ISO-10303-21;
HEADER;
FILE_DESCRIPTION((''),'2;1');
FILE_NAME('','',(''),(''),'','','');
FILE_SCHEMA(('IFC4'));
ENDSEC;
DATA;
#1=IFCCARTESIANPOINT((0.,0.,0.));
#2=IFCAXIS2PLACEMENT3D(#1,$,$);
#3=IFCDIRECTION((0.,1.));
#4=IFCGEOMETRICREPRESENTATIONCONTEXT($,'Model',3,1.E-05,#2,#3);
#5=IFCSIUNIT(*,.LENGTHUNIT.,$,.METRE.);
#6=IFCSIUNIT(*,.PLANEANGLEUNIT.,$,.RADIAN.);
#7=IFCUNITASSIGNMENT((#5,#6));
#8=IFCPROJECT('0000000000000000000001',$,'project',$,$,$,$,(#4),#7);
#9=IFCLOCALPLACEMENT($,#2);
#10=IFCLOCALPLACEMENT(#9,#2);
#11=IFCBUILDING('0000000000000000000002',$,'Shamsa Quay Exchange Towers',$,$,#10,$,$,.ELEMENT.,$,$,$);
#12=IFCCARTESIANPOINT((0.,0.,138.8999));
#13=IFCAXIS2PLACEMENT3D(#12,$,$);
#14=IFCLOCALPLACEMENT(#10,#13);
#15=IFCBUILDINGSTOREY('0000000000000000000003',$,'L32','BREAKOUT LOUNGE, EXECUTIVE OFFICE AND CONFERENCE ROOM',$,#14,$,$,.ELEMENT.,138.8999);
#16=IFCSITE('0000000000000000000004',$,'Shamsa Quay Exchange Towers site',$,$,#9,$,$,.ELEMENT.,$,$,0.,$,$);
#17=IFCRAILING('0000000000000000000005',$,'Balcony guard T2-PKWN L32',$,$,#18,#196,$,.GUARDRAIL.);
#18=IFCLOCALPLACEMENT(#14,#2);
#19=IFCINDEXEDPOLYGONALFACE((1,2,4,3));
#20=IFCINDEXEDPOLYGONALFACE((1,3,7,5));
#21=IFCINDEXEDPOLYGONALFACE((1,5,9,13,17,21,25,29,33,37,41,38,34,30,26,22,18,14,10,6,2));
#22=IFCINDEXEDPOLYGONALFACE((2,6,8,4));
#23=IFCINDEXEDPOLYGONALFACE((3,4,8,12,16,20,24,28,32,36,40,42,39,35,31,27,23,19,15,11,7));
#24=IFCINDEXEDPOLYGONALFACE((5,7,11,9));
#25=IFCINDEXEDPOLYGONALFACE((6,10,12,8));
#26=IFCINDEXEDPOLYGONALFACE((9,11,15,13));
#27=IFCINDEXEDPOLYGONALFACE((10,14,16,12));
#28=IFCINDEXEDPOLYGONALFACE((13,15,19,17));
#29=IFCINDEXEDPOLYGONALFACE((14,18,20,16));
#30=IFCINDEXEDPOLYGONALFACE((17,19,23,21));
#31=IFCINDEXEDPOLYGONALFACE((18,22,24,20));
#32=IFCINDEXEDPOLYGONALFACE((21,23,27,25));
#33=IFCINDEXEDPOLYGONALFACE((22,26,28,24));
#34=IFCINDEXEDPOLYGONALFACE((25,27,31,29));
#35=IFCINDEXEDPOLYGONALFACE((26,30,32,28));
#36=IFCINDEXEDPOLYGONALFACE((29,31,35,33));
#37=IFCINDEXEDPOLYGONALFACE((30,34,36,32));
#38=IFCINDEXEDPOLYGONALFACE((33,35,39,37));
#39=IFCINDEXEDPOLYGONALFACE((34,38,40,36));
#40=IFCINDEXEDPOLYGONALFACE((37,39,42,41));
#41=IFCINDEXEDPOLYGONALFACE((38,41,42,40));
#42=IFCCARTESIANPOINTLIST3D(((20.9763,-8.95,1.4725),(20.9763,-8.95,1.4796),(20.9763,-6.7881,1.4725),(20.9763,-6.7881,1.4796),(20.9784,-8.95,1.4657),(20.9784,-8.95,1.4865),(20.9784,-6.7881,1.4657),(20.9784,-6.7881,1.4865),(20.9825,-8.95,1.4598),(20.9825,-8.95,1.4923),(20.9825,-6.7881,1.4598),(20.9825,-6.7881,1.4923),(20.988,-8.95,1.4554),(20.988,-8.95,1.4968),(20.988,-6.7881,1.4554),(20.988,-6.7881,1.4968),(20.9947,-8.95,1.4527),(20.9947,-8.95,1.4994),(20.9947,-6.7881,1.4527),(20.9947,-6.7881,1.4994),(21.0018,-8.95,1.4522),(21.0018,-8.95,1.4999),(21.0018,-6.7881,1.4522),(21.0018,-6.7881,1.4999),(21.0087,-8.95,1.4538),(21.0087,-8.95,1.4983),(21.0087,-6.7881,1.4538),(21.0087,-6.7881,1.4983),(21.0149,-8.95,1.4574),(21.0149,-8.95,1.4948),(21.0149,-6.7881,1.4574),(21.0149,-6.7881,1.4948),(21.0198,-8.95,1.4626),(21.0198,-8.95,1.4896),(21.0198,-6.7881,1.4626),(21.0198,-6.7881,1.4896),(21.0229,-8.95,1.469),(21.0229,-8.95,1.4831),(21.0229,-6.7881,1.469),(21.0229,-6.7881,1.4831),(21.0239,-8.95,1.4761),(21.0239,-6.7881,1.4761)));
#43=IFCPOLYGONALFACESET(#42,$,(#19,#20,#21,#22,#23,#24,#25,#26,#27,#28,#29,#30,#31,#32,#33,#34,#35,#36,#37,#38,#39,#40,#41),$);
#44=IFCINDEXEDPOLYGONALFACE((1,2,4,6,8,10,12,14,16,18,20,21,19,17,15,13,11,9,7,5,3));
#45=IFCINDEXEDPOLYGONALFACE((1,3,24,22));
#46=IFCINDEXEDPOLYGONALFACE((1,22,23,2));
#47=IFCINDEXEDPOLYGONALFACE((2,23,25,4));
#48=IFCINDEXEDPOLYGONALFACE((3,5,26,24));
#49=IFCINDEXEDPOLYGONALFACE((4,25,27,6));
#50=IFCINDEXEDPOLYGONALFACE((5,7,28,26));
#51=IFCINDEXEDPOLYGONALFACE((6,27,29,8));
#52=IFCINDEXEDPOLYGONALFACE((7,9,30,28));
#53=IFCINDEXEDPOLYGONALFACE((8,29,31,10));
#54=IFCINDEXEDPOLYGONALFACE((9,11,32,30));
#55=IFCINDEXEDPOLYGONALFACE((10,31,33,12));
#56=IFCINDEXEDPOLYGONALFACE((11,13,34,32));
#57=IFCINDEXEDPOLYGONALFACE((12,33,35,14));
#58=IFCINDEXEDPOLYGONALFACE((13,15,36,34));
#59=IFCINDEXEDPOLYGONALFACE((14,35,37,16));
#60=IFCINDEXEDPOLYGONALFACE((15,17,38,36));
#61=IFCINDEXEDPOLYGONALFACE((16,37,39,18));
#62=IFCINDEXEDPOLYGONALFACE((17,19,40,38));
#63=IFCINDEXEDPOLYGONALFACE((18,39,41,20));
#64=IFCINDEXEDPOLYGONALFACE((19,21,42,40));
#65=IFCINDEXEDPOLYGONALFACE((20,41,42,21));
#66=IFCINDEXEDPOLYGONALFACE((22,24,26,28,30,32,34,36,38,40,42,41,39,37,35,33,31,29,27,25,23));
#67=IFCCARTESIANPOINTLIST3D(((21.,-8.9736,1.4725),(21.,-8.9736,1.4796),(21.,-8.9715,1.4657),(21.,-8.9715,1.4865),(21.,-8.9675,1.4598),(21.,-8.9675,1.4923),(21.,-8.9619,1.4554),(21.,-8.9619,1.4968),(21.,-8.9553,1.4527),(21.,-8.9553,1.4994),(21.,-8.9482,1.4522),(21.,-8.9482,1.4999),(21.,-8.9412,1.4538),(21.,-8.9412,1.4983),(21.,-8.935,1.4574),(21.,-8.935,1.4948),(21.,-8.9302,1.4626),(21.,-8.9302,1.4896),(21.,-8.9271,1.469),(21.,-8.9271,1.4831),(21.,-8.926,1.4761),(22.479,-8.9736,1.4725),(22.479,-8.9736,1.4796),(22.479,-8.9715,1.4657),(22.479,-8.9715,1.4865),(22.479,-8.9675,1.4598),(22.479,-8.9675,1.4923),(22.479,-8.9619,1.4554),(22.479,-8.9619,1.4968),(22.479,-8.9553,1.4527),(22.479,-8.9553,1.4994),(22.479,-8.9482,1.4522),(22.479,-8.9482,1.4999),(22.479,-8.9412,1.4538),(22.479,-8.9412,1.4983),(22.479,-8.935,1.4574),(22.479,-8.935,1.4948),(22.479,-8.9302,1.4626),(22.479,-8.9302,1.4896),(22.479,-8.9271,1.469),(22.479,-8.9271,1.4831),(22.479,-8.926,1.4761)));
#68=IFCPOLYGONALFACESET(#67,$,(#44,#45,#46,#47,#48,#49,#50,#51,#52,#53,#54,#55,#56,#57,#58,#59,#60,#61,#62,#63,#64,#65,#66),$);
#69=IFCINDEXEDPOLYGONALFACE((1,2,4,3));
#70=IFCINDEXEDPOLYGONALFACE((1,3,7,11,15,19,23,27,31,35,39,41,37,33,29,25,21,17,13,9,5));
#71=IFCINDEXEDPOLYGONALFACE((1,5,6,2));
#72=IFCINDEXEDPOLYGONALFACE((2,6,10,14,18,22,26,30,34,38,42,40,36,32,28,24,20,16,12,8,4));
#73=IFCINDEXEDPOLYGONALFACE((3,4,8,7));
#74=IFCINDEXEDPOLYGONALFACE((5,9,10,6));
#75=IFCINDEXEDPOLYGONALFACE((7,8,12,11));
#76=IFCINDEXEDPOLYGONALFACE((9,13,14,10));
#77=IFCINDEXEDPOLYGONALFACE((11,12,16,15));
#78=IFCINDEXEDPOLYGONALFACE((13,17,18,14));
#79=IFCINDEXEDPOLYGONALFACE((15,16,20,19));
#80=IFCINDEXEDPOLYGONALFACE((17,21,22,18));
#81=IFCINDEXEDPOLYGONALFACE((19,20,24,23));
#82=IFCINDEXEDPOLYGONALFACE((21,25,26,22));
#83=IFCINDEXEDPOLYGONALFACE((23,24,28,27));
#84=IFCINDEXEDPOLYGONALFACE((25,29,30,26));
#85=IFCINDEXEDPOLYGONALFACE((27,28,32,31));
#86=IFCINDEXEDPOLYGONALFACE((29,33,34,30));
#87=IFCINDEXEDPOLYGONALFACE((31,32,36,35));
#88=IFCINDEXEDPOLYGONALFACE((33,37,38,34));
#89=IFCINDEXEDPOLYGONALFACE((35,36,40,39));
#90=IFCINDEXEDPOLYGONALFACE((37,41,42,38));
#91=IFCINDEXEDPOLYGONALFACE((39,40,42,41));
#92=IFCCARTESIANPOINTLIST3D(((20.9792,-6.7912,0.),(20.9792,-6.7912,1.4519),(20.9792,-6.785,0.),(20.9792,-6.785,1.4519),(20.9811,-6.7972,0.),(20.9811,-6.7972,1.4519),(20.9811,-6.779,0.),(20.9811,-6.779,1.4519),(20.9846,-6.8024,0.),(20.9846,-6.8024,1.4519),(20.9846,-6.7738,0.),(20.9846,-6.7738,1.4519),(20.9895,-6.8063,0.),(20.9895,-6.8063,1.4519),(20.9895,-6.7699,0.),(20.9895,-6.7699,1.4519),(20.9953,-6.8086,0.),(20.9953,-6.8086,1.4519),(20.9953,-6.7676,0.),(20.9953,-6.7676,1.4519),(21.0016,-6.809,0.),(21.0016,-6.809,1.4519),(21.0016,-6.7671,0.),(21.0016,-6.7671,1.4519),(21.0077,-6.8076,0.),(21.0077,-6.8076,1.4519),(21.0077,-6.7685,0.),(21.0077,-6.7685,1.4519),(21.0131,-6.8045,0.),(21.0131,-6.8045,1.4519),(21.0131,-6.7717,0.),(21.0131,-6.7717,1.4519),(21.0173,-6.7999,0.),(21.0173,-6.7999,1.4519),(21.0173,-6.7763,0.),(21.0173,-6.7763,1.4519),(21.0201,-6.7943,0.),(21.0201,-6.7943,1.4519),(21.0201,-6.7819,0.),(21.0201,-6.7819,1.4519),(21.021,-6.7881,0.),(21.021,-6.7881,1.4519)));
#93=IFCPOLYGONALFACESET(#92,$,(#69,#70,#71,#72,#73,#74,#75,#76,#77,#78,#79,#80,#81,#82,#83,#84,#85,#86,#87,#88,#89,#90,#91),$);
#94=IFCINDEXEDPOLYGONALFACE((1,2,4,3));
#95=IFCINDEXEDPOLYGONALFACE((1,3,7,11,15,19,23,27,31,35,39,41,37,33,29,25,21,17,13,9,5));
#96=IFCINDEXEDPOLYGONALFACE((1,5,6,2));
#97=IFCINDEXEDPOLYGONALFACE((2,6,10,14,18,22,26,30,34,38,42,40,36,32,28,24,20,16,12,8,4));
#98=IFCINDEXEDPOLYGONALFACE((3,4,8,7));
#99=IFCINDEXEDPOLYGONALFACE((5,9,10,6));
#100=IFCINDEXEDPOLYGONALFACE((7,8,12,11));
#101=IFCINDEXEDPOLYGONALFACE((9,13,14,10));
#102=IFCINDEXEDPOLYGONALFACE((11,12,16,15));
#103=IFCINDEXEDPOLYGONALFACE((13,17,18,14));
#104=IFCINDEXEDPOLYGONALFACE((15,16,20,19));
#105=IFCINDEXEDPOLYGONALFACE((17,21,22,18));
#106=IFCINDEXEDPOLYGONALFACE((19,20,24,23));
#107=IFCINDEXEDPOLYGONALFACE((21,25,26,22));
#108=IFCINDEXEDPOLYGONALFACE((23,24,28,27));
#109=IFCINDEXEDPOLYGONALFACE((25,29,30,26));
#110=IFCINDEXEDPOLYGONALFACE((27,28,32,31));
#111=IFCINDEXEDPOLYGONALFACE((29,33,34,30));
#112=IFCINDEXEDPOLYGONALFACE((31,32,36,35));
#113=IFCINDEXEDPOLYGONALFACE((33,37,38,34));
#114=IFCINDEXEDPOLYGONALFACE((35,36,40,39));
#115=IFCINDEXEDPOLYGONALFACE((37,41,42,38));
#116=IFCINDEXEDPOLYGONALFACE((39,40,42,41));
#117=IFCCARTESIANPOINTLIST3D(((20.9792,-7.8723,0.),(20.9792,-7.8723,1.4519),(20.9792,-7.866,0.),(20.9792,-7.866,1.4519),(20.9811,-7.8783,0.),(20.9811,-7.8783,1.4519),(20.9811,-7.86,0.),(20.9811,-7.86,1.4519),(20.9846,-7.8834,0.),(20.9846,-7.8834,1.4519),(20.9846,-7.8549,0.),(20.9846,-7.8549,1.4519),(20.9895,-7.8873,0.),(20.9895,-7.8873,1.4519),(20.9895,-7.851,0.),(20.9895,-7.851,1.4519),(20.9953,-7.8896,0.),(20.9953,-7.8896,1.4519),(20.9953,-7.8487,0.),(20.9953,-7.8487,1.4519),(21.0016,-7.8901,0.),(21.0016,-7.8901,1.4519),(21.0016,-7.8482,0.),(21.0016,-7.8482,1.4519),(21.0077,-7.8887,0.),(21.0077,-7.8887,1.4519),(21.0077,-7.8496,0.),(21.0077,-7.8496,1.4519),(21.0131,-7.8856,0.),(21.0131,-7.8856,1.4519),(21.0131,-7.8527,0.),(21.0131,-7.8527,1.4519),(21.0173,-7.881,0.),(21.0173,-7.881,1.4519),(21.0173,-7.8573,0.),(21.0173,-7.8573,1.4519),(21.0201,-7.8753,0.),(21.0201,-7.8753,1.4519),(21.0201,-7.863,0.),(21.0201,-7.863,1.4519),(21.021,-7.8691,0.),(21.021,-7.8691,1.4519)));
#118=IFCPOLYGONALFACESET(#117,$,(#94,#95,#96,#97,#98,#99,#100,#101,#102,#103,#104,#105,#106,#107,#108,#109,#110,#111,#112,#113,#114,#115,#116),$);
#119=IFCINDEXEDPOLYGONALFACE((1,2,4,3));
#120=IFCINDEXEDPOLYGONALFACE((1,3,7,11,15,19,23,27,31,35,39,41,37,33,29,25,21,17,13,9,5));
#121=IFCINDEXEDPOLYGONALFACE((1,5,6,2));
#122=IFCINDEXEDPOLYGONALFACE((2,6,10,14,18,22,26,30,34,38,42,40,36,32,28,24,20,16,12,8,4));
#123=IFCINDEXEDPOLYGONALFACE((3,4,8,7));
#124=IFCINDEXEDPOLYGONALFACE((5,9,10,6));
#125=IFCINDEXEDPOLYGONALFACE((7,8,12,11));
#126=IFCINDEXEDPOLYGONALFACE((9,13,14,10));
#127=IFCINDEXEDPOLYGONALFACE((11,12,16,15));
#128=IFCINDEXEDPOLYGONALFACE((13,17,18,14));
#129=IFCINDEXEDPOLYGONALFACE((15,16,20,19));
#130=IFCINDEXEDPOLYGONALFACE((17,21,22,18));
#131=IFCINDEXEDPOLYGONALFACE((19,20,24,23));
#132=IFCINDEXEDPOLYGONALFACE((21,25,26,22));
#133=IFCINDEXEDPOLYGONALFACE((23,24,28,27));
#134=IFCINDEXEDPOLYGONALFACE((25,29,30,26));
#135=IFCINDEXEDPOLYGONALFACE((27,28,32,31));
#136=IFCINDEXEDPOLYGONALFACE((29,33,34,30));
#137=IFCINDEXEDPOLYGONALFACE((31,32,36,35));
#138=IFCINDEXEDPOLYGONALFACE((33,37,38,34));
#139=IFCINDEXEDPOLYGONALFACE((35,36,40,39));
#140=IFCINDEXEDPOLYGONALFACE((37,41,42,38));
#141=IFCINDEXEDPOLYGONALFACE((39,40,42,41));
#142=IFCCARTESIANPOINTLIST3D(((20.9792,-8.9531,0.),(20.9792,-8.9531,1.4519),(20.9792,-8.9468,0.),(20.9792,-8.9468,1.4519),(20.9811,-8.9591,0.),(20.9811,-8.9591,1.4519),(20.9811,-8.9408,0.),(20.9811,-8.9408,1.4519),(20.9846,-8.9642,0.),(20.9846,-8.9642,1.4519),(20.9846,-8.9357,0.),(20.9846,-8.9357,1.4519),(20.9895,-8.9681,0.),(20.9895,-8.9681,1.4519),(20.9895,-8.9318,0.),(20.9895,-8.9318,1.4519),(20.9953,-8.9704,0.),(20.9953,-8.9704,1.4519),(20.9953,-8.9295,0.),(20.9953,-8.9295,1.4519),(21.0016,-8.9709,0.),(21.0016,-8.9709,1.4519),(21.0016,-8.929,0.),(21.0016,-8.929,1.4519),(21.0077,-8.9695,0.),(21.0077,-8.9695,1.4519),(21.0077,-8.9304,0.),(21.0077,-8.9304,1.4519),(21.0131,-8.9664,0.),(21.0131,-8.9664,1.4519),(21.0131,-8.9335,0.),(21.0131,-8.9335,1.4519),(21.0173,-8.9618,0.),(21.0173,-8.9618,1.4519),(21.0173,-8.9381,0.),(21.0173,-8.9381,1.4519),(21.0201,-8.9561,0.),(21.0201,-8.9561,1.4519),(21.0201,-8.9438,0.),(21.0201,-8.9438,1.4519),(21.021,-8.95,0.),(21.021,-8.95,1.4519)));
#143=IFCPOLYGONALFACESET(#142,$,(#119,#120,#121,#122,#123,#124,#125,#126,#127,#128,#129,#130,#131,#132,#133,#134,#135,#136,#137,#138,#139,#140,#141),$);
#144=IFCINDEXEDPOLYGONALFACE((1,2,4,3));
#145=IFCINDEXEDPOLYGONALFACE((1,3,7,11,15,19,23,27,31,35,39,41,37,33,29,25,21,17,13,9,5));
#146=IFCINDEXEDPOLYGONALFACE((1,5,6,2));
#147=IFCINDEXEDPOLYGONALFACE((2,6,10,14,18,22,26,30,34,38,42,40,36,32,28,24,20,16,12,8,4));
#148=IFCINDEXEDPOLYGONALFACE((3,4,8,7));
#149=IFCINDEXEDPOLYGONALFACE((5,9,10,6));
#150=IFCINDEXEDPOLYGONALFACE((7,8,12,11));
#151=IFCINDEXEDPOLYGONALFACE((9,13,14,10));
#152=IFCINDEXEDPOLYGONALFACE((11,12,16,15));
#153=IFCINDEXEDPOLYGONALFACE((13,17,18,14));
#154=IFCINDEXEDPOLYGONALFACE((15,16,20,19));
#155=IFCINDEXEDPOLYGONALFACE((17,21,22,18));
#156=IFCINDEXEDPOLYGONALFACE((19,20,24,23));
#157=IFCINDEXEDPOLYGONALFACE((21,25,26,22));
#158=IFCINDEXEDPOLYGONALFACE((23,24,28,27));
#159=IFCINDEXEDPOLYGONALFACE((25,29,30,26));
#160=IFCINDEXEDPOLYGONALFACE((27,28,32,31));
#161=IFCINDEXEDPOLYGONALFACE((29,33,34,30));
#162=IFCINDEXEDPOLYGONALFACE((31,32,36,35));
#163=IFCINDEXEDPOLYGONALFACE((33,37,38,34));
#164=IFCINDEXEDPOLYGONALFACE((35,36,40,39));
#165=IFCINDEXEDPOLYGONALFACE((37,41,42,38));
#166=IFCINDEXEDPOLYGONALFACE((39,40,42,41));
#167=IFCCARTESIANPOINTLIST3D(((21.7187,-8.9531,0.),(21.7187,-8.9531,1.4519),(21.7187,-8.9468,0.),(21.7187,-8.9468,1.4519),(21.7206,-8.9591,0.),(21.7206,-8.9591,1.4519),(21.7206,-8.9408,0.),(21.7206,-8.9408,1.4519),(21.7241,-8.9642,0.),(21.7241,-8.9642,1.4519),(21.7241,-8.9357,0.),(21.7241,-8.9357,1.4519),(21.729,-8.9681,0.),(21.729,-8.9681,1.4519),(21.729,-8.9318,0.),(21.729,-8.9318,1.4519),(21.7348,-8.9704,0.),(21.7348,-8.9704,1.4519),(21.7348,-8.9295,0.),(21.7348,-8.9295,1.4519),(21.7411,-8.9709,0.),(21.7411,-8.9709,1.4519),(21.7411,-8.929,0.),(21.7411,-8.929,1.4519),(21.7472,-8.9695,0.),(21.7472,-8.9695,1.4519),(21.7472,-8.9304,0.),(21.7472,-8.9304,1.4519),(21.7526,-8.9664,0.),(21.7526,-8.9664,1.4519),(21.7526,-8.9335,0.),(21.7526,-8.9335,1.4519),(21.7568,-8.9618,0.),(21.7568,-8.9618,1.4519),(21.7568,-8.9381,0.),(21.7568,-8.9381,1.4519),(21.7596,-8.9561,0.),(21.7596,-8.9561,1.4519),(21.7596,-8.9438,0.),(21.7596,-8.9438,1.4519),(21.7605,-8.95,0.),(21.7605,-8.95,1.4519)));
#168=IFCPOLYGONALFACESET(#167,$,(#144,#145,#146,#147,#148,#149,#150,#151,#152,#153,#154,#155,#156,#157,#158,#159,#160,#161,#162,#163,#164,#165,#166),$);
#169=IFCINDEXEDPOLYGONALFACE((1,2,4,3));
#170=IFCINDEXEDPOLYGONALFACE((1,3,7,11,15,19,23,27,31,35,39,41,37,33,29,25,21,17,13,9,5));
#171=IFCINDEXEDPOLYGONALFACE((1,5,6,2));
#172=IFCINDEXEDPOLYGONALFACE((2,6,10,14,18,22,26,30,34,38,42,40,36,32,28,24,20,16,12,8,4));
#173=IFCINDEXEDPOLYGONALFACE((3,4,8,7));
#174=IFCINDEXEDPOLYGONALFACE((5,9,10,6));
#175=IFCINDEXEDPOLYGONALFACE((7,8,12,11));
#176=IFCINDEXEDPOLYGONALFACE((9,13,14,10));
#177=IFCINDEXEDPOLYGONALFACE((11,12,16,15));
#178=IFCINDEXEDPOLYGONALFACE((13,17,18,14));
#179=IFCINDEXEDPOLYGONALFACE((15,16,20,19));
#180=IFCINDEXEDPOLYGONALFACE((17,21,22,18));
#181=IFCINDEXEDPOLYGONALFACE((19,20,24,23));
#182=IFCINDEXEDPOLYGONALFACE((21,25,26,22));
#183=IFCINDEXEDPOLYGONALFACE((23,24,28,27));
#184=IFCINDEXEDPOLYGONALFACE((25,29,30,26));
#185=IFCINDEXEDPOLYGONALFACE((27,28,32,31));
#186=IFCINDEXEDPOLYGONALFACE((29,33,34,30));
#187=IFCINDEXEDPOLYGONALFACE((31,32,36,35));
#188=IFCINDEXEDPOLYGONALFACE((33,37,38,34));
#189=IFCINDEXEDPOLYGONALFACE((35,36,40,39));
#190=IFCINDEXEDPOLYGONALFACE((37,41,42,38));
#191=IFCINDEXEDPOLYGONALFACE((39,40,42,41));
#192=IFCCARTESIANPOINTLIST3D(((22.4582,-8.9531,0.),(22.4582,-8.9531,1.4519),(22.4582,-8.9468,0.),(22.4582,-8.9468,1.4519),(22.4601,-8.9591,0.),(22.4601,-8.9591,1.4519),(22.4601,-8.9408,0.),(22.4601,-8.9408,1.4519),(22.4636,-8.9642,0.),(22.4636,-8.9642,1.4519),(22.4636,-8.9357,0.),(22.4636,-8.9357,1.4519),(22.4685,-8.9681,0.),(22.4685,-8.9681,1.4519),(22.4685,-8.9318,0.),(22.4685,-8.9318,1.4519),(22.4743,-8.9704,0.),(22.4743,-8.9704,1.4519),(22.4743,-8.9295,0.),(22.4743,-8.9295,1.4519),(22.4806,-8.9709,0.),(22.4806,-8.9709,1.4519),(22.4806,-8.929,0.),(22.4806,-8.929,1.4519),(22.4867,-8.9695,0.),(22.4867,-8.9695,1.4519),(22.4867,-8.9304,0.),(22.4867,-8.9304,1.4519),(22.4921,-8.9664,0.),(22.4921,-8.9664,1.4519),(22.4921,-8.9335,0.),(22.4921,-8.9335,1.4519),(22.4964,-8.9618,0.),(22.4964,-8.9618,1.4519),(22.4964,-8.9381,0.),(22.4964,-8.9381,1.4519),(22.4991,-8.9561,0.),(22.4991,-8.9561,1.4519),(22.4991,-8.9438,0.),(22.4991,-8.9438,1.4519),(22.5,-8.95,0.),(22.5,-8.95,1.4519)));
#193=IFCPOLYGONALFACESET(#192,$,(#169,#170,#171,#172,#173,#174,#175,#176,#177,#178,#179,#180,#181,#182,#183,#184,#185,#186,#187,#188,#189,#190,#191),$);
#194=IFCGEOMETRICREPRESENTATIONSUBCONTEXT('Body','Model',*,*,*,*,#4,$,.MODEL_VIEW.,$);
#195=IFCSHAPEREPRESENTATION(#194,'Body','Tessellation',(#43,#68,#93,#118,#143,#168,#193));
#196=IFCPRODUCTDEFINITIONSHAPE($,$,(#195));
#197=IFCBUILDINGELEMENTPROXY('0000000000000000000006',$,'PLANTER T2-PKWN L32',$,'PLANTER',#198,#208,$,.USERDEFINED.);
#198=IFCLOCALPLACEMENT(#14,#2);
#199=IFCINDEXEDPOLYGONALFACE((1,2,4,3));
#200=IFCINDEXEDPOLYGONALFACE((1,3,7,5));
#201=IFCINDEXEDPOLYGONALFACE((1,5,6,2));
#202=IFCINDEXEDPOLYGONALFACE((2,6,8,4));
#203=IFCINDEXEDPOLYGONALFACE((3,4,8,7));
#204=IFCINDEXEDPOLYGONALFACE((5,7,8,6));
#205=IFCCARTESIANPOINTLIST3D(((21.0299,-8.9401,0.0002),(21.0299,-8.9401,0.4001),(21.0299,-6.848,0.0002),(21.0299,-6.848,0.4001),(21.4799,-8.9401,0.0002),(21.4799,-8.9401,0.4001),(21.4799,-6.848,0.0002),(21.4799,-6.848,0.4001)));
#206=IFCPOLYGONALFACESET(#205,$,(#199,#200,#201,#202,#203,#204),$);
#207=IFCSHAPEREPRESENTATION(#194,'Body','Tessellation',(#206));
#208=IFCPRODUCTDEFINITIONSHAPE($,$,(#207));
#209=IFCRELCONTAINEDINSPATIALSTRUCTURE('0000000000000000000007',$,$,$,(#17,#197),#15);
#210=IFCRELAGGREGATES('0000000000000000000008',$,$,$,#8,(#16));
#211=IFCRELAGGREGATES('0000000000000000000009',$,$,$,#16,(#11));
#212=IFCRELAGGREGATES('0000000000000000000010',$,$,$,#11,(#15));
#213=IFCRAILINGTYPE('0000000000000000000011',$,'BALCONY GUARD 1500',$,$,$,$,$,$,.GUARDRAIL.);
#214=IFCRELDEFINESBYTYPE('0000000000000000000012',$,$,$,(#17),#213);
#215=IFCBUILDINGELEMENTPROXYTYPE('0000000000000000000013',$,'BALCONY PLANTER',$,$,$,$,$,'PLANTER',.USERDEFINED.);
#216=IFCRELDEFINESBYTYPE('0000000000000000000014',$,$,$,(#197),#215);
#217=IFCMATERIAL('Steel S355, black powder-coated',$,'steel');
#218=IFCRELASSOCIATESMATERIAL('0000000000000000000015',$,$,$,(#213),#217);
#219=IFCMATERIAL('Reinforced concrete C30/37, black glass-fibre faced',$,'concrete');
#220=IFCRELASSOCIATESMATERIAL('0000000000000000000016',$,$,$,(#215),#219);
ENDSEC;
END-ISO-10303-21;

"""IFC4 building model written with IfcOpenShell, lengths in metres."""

from ifc_helpers import new_model, si_unit, direction, frame, origin, origin_2d, place, context, subcontext, project, spatial, rectangle, circle, extrude, material, type_object, element, save


model = new_model("IFC4")

# Units and contexts
model_context = context("Model", 3, precision=1e-05, world=origin(), true_north=direction((0.0, 1.0)))
body_context = subcontext(model_context, "Body", "Model", "MODEL_VIEW")
ifc_project = project(units=[si_unit("LENGTHUNIT", "METRE"), si_unit("PLANEANGLEUNIT", "RADIAN")], contexts=[model_context])

# Site, building, storey
site_placement = place(None, origin())
site = spatial("IfcSite", under=ifc_project, at=site_placement, Name="Shamsa Quay Exchange Towers site", CompositionType="ELEMENT", RefElevation=0.0)
building_placement = place(site_placement, origin())
building = spatial("IfcBuilding", under=site, at=building_placement, Name="Shamsa Quay Exchange Towers", CompositionType="ELEMENT")
storey_placement = place(building_placement, frame((0.0, 0.0, 138.8999)))
storey = spatial("IfcBuildingStorey", under=building, at=storey_placement, Name="L32", Description="BREAKOUT LOUNGE, EXECUTIVE OFFICE AND CONFERENCE ROOM", CompositionType="ELEMENT", Elevation=138.8999)

# Railing
ifc_material_1 = material(Name="Steel S355, black powder-coated", Category="steel")
railing_type_1 = type_object("IfcRailingType", Name="BALCONY GUARD 1500", PredefinedType="GUARDRAIL", material=ifc_material_1)
railing_1_placement = place(storey_placement, frame((21.0, -6.7881, 0.0)))
element("IfcRailing", 1, at=railing_1_placement, inside=storey, type_object=railing_type_1, Name="Balcony guard T2-PKWN L32", PredefinedType="GUARDRAIL", context=body_context, shape_type="SweptSolid", body=[
    extrude(circle(Radius=0.0239, at=origin_2d()), frame((0.0, 0.0, 1.4761), z_axis=(0.0, -1.0, 0.0), x_axis=(1.0, 0.0, 0.0)), (0.0, 0.0, 1.0), 2.1619),
    extrude(circle(Radius=0.0239, at=origin_2d()), frame((0.0, -2.1619, 1.4761), z_axis=(1.0, 0.0, 0.0), x_axis=(0.0, 1.0, 0.0)), (0.0, 0.0, 1.0), 1.479),
    extrude(circle(Radius=0.021, at=origin_2d()), origin(), (0.0, 0.0, 1.0), 1.4519),
    extrude(circle(Radius=0.021, at=origin_2d()), frame((0.0, -1.0811, 0.0)), (0.0, 0.0, 1.0), 1.4519),
    extrude(circle(Radius=0.021, at=origin_2d()), frame((0.0, -2.1619, 0.0)), (0.0, 0.0, 1.0), 1.4519),
    extrude(circle(Radius=0.021, at=origin_2d()), frame((0.7395, -2.1619, 0.0)), (0.0, 0.0, 1.0), 1.4519),
    extrude(circle(Radius=0.021, at=origin_2d()), frame((1.479, -2.1619, 0.0)), (0.0, 0.0, 1.0), 1.4519),
])

# Building element proxy
ifc_material_2 = material(Name="Reinforced concrete C30/37, black glass-fibre faced", Category="concrete")
building_element_proxy_type = type_object("IfcBuildingElementProxyType", Name="BALCONY PLANTER", ElementType="PLANTER", PredefinedType="USERDEFINED", material=ifc_material_2)
proxy_placement = place(storey_placement, frame((21.2549, -7.894, 0.0002), z_axis=(0.0, 0.0, 1.0), x_axis=(0.0, -1.0, 0.0)))
element("IfcBuildingElementProxy", 2, at=proxy_placement, inside=storey, type_object=building_element_proxy_type, Name="PLANTER T2-PKWN L32", ObjectType="PLANTER", PredefinedType="USERDEFINED", context=body_context, shape_type="SweptSolid", body=[
    extrude(rectangle(XDim=2.092, YDim=0.45, at=origin_2d()), origin(), (0.0, 0.0, 1.0), 0.3999),
])

save(model, "model.ifc")
